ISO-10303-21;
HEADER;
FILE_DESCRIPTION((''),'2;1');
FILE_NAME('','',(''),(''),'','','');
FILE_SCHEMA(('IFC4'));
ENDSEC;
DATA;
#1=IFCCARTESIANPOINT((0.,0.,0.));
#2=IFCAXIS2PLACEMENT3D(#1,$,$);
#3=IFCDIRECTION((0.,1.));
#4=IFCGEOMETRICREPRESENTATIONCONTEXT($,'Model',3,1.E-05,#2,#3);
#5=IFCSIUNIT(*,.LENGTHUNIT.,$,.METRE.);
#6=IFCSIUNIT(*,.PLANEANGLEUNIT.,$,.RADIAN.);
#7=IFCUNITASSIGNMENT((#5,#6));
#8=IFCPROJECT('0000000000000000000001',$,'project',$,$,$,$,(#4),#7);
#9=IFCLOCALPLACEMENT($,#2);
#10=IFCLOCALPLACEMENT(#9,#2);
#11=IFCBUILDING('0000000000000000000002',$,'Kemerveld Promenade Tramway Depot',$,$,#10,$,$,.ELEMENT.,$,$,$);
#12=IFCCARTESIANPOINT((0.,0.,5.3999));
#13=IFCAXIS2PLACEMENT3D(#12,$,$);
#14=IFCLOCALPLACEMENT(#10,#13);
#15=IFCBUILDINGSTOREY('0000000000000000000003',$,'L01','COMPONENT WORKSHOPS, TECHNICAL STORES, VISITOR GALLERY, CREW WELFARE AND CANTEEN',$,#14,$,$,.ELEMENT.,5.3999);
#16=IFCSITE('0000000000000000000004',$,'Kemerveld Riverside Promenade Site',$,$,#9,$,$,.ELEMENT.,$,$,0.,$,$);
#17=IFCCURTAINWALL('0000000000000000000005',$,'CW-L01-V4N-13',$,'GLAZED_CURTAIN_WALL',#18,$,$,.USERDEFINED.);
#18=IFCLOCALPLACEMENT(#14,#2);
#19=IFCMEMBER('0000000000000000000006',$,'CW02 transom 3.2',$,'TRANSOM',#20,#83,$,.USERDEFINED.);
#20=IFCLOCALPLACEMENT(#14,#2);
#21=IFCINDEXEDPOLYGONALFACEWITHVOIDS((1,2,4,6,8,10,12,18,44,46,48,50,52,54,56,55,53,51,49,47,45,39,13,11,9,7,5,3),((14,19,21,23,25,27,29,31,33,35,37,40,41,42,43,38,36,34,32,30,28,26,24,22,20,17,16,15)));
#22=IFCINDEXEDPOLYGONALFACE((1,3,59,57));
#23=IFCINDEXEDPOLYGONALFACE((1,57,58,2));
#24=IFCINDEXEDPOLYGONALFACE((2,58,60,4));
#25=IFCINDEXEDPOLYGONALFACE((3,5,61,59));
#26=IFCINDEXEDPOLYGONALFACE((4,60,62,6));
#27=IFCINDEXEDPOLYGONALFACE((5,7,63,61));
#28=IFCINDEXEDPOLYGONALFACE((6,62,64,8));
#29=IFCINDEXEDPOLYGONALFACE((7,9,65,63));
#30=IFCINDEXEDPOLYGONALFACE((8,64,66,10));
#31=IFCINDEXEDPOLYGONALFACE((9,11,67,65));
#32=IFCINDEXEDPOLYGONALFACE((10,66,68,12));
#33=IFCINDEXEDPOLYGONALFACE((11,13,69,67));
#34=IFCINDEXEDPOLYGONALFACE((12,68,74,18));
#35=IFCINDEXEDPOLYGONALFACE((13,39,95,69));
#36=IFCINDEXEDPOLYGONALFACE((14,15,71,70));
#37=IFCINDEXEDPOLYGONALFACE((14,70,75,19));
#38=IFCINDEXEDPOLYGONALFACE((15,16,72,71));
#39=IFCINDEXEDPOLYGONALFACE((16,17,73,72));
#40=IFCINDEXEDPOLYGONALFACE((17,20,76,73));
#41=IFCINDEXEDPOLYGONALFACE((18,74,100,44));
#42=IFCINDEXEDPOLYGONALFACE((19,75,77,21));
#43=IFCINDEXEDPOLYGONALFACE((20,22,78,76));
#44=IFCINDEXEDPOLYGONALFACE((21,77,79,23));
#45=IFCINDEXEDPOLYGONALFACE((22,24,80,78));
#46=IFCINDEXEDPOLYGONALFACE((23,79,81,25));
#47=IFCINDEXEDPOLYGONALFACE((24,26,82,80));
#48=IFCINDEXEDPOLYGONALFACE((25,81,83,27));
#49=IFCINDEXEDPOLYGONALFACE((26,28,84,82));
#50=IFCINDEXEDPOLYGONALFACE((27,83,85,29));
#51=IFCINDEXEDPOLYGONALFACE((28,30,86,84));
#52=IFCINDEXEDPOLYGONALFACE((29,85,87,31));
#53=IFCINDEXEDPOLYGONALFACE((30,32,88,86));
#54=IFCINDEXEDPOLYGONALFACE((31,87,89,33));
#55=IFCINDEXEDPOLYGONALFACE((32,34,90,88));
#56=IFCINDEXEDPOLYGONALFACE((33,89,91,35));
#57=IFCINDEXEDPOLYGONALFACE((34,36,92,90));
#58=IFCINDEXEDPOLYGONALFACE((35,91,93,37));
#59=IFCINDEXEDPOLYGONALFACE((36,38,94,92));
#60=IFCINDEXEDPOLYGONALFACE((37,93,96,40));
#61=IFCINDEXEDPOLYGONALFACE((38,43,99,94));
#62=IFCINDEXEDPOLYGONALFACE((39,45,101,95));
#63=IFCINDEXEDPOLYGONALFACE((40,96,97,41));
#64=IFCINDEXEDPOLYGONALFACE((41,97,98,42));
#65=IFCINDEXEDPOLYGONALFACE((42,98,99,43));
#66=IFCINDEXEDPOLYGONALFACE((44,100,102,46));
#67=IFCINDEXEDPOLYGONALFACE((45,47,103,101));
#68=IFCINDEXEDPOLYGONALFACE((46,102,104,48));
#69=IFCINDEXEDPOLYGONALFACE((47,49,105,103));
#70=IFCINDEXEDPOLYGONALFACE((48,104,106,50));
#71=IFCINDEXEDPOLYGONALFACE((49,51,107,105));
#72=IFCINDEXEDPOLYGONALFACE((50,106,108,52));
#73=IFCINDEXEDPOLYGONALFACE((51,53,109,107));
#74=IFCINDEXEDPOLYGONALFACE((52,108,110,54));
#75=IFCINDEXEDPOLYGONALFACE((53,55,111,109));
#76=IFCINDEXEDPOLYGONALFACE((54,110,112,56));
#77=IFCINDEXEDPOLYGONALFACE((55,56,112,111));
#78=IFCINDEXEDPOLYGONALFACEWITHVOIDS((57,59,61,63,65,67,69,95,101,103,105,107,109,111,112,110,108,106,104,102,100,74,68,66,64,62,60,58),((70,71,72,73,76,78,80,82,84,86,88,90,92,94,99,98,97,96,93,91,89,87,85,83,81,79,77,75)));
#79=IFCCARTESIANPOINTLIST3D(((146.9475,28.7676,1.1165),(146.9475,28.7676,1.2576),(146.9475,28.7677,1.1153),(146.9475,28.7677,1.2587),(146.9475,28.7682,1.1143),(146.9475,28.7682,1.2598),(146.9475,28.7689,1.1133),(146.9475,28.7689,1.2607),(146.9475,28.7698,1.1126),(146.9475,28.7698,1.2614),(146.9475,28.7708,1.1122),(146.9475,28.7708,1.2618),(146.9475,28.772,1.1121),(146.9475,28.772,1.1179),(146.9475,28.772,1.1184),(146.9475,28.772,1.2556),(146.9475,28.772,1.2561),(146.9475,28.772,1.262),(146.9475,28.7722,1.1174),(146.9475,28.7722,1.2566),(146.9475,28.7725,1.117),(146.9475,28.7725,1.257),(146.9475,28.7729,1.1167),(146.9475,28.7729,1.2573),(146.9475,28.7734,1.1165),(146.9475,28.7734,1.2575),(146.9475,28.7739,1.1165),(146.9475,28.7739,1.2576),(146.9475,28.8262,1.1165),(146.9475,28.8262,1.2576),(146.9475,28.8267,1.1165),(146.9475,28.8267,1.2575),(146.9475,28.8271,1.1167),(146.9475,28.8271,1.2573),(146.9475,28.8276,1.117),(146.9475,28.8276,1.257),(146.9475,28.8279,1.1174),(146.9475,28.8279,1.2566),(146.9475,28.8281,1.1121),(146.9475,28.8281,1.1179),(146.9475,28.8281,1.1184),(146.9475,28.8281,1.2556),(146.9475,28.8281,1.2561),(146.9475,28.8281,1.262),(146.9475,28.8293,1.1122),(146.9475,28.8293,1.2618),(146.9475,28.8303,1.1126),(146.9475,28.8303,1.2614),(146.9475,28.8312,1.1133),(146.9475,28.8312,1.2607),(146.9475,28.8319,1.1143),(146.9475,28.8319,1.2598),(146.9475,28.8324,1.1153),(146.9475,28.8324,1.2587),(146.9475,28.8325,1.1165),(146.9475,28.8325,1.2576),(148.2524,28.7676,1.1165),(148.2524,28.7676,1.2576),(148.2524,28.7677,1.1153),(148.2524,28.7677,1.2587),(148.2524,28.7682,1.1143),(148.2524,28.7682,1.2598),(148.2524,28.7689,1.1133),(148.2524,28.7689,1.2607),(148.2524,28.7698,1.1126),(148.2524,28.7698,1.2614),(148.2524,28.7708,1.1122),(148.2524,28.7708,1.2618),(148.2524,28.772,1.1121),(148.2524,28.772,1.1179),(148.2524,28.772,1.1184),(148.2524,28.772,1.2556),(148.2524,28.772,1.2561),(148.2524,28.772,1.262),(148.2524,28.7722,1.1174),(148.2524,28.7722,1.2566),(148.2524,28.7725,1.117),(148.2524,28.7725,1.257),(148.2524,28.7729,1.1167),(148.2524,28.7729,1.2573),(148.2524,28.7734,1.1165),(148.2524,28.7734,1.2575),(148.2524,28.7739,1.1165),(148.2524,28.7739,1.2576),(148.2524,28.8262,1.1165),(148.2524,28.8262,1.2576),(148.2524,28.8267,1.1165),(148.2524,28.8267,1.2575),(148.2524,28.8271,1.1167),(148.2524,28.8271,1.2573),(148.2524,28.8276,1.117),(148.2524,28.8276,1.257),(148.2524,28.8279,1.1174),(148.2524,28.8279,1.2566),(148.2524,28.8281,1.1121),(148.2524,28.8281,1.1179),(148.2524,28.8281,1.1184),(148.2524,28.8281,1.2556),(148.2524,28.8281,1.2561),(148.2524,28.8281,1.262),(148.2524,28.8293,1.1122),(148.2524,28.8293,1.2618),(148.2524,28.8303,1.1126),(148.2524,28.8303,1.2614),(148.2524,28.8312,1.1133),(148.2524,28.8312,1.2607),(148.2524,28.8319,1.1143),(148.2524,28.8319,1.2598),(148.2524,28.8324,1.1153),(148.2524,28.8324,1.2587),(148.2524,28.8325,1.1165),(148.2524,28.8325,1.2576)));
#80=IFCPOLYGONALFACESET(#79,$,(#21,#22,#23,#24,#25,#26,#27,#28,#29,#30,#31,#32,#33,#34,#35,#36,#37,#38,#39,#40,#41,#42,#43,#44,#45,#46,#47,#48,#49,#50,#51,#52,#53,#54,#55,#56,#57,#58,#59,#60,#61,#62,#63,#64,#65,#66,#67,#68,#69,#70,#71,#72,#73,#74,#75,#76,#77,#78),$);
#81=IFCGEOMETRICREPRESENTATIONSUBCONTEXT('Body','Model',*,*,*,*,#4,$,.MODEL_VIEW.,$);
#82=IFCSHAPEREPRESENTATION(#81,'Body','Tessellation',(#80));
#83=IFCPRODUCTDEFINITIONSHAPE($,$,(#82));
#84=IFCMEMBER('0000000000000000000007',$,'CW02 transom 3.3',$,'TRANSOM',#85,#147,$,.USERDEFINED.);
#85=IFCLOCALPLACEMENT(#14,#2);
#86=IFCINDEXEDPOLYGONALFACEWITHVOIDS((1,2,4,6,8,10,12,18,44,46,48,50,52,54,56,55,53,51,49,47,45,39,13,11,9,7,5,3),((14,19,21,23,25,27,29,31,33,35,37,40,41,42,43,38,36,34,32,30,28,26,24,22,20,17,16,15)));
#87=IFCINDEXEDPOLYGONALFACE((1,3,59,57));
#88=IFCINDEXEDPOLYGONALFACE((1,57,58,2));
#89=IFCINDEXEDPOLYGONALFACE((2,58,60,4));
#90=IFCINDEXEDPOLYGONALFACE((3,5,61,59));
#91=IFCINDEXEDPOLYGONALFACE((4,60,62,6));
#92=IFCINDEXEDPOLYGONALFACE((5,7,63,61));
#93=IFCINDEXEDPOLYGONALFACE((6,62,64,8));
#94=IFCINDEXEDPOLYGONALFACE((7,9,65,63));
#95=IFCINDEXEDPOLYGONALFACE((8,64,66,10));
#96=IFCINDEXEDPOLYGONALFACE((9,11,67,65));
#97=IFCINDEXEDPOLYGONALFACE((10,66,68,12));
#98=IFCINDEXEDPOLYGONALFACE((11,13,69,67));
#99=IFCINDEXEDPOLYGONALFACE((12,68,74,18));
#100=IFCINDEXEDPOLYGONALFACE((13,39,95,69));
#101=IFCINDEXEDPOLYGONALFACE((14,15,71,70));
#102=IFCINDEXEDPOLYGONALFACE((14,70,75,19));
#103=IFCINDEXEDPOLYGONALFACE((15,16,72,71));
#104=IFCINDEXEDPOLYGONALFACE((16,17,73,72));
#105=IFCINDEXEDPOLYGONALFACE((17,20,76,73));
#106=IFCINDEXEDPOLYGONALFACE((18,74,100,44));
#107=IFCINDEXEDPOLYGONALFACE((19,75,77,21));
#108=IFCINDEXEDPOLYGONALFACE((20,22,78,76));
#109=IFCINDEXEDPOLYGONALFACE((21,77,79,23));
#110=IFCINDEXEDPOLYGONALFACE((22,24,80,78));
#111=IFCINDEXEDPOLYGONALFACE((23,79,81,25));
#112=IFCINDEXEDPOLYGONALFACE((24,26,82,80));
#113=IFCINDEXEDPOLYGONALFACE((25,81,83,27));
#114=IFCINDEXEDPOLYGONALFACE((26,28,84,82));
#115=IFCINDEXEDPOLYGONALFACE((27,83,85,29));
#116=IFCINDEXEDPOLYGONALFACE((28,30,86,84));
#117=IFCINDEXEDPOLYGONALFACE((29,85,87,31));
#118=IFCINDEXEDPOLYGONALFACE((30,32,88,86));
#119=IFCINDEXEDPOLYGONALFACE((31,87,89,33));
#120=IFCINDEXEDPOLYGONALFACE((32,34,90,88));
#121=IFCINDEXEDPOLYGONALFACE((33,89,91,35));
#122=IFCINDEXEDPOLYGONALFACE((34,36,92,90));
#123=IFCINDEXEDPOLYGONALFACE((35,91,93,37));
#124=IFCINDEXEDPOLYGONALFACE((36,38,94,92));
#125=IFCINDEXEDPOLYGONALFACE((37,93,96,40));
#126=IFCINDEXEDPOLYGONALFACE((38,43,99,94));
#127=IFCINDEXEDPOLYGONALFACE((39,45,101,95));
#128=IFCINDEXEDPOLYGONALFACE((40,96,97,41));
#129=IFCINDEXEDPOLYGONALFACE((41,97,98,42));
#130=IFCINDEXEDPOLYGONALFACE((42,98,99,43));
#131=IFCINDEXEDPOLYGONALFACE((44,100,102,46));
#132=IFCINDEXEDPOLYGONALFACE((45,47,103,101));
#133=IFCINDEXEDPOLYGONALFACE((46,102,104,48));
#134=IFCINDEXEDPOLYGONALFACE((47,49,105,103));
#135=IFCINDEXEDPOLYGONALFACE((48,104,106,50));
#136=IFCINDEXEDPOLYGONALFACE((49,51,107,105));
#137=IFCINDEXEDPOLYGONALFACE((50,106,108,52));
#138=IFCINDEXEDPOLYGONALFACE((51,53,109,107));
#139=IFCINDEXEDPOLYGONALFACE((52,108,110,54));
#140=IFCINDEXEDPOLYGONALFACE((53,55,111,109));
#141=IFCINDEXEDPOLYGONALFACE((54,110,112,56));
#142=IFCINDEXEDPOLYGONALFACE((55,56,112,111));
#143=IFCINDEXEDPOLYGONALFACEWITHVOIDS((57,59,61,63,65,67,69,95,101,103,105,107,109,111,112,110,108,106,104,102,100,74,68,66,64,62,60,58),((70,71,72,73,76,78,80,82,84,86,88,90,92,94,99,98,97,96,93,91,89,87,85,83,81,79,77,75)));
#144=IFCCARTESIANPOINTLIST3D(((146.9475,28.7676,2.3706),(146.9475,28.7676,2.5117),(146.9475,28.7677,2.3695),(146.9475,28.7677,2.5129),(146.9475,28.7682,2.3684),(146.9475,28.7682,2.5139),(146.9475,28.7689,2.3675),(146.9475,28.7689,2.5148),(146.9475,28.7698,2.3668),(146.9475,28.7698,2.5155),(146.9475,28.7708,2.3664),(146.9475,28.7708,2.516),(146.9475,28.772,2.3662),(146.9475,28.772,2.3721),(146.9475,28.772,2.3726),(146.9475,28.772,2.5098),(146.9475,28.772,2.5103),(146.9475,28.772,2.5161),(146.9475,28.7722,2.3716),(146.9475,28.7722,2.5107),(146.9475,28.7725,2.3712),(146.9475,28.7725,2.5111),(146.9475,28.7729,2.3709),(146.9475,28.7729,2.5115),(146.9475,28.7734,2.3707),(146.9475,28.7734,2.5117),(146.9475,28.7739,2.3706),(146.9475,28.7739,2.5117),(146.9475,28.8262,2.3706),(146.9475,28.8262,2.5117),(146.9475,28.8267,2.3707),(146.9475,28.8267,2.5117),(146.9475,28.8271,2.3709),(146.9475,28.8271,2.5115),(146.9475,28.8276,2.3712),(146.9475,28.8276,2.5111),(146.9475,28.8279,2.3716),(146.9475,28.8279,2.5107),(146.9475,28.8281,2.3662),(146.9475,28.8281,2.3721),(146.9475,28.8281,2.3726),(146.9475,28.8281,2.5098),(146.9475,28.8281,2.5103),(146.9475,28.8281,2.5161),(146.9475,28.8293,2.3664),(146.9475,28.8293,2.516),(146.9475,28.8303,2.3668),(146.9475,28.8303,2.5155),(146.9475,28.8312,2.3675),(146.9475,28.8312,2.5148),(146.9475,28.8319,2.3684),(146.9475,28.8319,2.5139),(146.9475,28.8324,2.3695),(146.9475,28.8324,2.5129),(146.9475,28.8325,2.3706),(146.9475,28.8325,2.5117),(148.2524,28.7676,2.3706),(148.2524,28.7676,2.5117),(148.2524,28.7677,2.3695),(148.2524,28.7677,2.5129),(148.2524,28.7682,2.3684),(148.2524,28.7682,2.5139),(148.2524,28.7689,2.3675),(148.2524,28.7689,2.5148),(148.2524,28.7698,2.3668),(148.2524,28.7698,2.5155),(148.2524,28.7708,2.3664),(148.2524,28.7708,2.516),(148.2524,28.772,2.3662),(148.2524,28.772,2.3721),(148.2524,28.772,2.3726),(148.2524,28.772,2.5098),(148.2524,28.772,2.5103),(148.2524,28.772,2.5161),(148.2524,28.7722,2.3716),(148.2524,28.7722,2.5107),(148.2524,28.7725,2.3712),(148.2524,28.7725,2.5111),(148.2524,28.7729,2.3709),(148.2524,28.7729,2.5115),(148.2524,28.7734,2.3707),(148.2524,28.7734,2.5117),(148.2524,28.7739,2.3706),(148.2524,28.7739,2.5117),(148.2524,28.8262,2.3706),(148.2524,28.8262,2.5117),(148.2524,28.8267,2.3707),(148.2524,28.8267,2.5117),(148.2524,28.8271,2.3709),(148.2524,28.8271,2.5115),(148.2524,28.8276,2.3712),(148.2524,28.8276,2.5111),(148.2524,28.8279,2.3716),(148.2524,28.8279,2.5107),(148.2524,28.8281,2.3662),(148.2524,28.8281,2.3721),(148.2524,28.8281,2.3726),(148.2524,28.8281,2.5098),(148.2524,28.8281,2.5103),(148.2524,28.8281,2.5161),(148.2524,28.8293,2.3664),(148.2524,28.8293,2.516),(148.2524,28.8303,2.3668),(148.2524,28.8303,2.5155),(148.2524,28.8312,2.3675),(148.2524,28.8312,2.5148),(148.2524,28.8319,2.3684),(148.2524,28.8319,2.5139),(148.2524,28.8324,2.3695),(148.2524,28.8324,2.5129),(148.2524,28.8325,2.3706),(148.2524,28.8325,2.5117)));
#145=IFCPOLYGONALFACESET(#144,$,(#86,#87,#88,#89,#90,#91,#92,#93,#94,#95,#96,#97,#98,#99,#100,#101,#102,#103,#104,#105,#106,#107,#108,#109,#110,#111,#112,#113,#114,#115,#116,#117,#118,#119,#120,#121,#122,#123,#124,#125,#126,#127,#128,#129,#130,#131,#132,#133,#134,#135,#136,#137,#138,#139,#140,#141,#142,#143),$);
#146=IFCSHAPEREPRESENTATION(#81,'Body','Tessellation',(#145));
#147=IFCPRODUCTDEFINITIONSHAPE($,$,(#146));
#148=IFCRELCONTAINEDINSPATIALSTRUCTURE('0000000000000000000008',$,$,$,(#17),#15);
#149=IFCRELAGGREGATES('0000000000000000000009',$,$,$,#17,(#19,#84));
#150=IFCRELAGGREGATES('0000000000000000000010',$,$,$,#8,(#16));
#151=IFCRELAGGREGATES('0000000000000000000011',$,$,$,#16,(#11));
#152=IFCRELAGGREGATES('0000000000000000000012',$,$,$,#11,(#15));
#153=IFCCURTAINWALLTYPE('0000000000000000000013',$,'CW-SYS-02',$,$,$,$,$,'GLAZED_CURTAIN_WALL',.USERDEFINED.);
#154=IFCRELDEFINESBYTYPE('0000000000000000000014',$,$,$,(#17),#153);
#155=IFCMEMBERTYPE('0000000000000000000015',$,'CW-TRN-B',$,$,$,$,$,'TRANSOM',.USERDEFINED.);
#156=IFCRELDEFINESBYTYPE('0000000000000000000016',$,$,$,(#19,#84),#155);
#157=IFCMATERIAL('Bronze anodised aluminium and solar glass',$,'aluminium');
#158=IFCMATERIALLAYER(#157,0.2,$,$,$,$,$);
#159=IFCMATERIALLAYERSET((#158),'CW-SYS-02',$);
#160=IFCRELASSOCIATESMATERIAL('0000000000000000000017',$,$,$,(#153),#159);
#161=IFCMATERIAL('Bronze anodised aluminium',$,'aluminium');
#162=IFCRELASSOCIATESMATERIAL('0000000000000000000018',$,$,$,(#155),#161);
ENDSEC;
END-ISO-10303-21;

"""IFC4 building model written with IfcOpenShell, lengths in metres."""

from ifc_helpers import new_model, si_unit, direction, frame, origin, origin_2d, place, context, subcontext, project, spatial, hollow_rectangle, extrude, material, layer, layer_set, material_profile, profile_set, type_object, element, aggregate, save


model = new_model("IFC4")

# Units and contexts
model_context = context("Model", 3, precision=1e-05, world=origin(), true_north=direction((0.0, 1.0)))
body_context = subcontext(model_context, "Body", "Model", "MODEL_VIEW")
ifc_project = project(units=[si_unit("LENGTHUNIT", "METRE"), si_unit("PLANEANGLEUNIT", "RADIAN")], contexts=[model_context])

# Site, building, storey
site_placement = place(None, origin())
site = spatial("IfcSite", under=ifc_project, at=site_placement, Name="Kemerveld Riverside Promenade Site", CompositionType="ELEMENT", RefElevation=0.0)
building_placement = place(site_placement, origin())
building = spatial("IfcBuilding", under=site, at=building_placement, Name="Kemerveld Promenade Tramway Depot", CompositionType="ELEMENT")
storey_placement = place(building_placement, frame((0.0, 0.0, 5.3999)))
storey = spatial("IfcBuildingStorey", under=building, at=storey_placement, Name="L01", Description="COMPONENT WORKSHOPS, TECHNICAL STORES, VISITOR GALLERY, CREW WELFARE AND CANTEEN", CompositionType="ELEMENT", Elevation=5.3999)

# Curtain wall, members
ifc_material_1 = material(Name="Bronze anodised aluminium and solar glass", Category="aluminium")
ifc_layer_1 = layer(ifc_material_1, 0.2)
ifc_layer_set_1 = layer_set([ifc_layer_1], Name="CW-SYS-02")
curtain_wall_type = type_object("IfcCurtainWallType", Name="CW-SYS-02", ElementType="GLAZED_CURTAIN_WALL", PredefinedType="USERDEFINED", material=ifc_layer_set_1)
curtain_wall_placement = place(storey_placement, origin())
curtain_wall = element("IfcCurtainWall", 1, at=curtain_wall_placement, inside=storey, type_object=curtain_wall_type, Name="CW-L01-V4N-13", ObjectType="GLAZED_CURTAIN_WALL", PredefinedType="USERDEFINED")
ifc_material_2 = material(Name="Bronze anodised aluminium", Category="aluminium")
ifc_material_profile_1 = material_profile(ifc_material_2, hollow_rectangle(XDim=0.0649, YDim=0.1499, WallThickness=0.0044, InnerFilletRadius=0.002, OuterFilletRadius=0.0044, at=origin_2d()), Name="CW-TRN-150x65")
ifc_profile_set_1 = profile_set([ifc_material_profile_1], Name="Bronze anodised aluminium")
member_type_1 = type_object("IfcMemberType", Name="CW-TRN-B", ElementType="TRANSOM", PredefinedType="USERDEFINED", material=ifc_profile_set_1)
member_1_placement = place(storey_placement, frame((146.9475, 28.8, 1.187), z_axis=(1.0, 0.0, 0.0), x_axis=(0.0, 1.0, 0.0)))
member_1 = element("IfcMember", 2, at=member_1_placement, type_object=member_type_1, Name="CW02 transom 3.2", ObjectType="TRANSOM", PredefinedType="USERDEFINED", context=body_context, shape_type="SweptSolid", body=[
    extrude(hollow_rectangle(XDim=0.0649, YDim=0.1499, WallThickness=0.0044, InnerFilletRadius=0.002, OuterFilletRadius=0.0044, at=origin_2d()), origin(), (0.0, 0.0, 1.0), 1.3049),
])
member_2_placement = place(storey_placement, frame((146.9475, 28.8, 2.4412), z_axis=(1.0, 0.0, 0.0), x_axis=(0.0, 1.0, 0.0)))
member_2 = element("IfcMember", 3, at=member_2_placement, type_object=member_type_1, Name="CW02 transom 3.3", ObjectType="TRANSOM", PredefinedType="USERDEFINED", context=body_context, shape_type="SweptSolid", body=[
    extrude(hollow_rectangle(XDim=0.0649, YDim=0.1499, WallThickness=0.0044, InnerFilletRadius=0.002, OuterFilletRadius=0.0044, at=origin_2d()), origin(), (0.0, 0.0, 1.0), 1.3049),
])
aggregate(curtain_wall, [member_1, member_2])

save(model, "model.ifc")
